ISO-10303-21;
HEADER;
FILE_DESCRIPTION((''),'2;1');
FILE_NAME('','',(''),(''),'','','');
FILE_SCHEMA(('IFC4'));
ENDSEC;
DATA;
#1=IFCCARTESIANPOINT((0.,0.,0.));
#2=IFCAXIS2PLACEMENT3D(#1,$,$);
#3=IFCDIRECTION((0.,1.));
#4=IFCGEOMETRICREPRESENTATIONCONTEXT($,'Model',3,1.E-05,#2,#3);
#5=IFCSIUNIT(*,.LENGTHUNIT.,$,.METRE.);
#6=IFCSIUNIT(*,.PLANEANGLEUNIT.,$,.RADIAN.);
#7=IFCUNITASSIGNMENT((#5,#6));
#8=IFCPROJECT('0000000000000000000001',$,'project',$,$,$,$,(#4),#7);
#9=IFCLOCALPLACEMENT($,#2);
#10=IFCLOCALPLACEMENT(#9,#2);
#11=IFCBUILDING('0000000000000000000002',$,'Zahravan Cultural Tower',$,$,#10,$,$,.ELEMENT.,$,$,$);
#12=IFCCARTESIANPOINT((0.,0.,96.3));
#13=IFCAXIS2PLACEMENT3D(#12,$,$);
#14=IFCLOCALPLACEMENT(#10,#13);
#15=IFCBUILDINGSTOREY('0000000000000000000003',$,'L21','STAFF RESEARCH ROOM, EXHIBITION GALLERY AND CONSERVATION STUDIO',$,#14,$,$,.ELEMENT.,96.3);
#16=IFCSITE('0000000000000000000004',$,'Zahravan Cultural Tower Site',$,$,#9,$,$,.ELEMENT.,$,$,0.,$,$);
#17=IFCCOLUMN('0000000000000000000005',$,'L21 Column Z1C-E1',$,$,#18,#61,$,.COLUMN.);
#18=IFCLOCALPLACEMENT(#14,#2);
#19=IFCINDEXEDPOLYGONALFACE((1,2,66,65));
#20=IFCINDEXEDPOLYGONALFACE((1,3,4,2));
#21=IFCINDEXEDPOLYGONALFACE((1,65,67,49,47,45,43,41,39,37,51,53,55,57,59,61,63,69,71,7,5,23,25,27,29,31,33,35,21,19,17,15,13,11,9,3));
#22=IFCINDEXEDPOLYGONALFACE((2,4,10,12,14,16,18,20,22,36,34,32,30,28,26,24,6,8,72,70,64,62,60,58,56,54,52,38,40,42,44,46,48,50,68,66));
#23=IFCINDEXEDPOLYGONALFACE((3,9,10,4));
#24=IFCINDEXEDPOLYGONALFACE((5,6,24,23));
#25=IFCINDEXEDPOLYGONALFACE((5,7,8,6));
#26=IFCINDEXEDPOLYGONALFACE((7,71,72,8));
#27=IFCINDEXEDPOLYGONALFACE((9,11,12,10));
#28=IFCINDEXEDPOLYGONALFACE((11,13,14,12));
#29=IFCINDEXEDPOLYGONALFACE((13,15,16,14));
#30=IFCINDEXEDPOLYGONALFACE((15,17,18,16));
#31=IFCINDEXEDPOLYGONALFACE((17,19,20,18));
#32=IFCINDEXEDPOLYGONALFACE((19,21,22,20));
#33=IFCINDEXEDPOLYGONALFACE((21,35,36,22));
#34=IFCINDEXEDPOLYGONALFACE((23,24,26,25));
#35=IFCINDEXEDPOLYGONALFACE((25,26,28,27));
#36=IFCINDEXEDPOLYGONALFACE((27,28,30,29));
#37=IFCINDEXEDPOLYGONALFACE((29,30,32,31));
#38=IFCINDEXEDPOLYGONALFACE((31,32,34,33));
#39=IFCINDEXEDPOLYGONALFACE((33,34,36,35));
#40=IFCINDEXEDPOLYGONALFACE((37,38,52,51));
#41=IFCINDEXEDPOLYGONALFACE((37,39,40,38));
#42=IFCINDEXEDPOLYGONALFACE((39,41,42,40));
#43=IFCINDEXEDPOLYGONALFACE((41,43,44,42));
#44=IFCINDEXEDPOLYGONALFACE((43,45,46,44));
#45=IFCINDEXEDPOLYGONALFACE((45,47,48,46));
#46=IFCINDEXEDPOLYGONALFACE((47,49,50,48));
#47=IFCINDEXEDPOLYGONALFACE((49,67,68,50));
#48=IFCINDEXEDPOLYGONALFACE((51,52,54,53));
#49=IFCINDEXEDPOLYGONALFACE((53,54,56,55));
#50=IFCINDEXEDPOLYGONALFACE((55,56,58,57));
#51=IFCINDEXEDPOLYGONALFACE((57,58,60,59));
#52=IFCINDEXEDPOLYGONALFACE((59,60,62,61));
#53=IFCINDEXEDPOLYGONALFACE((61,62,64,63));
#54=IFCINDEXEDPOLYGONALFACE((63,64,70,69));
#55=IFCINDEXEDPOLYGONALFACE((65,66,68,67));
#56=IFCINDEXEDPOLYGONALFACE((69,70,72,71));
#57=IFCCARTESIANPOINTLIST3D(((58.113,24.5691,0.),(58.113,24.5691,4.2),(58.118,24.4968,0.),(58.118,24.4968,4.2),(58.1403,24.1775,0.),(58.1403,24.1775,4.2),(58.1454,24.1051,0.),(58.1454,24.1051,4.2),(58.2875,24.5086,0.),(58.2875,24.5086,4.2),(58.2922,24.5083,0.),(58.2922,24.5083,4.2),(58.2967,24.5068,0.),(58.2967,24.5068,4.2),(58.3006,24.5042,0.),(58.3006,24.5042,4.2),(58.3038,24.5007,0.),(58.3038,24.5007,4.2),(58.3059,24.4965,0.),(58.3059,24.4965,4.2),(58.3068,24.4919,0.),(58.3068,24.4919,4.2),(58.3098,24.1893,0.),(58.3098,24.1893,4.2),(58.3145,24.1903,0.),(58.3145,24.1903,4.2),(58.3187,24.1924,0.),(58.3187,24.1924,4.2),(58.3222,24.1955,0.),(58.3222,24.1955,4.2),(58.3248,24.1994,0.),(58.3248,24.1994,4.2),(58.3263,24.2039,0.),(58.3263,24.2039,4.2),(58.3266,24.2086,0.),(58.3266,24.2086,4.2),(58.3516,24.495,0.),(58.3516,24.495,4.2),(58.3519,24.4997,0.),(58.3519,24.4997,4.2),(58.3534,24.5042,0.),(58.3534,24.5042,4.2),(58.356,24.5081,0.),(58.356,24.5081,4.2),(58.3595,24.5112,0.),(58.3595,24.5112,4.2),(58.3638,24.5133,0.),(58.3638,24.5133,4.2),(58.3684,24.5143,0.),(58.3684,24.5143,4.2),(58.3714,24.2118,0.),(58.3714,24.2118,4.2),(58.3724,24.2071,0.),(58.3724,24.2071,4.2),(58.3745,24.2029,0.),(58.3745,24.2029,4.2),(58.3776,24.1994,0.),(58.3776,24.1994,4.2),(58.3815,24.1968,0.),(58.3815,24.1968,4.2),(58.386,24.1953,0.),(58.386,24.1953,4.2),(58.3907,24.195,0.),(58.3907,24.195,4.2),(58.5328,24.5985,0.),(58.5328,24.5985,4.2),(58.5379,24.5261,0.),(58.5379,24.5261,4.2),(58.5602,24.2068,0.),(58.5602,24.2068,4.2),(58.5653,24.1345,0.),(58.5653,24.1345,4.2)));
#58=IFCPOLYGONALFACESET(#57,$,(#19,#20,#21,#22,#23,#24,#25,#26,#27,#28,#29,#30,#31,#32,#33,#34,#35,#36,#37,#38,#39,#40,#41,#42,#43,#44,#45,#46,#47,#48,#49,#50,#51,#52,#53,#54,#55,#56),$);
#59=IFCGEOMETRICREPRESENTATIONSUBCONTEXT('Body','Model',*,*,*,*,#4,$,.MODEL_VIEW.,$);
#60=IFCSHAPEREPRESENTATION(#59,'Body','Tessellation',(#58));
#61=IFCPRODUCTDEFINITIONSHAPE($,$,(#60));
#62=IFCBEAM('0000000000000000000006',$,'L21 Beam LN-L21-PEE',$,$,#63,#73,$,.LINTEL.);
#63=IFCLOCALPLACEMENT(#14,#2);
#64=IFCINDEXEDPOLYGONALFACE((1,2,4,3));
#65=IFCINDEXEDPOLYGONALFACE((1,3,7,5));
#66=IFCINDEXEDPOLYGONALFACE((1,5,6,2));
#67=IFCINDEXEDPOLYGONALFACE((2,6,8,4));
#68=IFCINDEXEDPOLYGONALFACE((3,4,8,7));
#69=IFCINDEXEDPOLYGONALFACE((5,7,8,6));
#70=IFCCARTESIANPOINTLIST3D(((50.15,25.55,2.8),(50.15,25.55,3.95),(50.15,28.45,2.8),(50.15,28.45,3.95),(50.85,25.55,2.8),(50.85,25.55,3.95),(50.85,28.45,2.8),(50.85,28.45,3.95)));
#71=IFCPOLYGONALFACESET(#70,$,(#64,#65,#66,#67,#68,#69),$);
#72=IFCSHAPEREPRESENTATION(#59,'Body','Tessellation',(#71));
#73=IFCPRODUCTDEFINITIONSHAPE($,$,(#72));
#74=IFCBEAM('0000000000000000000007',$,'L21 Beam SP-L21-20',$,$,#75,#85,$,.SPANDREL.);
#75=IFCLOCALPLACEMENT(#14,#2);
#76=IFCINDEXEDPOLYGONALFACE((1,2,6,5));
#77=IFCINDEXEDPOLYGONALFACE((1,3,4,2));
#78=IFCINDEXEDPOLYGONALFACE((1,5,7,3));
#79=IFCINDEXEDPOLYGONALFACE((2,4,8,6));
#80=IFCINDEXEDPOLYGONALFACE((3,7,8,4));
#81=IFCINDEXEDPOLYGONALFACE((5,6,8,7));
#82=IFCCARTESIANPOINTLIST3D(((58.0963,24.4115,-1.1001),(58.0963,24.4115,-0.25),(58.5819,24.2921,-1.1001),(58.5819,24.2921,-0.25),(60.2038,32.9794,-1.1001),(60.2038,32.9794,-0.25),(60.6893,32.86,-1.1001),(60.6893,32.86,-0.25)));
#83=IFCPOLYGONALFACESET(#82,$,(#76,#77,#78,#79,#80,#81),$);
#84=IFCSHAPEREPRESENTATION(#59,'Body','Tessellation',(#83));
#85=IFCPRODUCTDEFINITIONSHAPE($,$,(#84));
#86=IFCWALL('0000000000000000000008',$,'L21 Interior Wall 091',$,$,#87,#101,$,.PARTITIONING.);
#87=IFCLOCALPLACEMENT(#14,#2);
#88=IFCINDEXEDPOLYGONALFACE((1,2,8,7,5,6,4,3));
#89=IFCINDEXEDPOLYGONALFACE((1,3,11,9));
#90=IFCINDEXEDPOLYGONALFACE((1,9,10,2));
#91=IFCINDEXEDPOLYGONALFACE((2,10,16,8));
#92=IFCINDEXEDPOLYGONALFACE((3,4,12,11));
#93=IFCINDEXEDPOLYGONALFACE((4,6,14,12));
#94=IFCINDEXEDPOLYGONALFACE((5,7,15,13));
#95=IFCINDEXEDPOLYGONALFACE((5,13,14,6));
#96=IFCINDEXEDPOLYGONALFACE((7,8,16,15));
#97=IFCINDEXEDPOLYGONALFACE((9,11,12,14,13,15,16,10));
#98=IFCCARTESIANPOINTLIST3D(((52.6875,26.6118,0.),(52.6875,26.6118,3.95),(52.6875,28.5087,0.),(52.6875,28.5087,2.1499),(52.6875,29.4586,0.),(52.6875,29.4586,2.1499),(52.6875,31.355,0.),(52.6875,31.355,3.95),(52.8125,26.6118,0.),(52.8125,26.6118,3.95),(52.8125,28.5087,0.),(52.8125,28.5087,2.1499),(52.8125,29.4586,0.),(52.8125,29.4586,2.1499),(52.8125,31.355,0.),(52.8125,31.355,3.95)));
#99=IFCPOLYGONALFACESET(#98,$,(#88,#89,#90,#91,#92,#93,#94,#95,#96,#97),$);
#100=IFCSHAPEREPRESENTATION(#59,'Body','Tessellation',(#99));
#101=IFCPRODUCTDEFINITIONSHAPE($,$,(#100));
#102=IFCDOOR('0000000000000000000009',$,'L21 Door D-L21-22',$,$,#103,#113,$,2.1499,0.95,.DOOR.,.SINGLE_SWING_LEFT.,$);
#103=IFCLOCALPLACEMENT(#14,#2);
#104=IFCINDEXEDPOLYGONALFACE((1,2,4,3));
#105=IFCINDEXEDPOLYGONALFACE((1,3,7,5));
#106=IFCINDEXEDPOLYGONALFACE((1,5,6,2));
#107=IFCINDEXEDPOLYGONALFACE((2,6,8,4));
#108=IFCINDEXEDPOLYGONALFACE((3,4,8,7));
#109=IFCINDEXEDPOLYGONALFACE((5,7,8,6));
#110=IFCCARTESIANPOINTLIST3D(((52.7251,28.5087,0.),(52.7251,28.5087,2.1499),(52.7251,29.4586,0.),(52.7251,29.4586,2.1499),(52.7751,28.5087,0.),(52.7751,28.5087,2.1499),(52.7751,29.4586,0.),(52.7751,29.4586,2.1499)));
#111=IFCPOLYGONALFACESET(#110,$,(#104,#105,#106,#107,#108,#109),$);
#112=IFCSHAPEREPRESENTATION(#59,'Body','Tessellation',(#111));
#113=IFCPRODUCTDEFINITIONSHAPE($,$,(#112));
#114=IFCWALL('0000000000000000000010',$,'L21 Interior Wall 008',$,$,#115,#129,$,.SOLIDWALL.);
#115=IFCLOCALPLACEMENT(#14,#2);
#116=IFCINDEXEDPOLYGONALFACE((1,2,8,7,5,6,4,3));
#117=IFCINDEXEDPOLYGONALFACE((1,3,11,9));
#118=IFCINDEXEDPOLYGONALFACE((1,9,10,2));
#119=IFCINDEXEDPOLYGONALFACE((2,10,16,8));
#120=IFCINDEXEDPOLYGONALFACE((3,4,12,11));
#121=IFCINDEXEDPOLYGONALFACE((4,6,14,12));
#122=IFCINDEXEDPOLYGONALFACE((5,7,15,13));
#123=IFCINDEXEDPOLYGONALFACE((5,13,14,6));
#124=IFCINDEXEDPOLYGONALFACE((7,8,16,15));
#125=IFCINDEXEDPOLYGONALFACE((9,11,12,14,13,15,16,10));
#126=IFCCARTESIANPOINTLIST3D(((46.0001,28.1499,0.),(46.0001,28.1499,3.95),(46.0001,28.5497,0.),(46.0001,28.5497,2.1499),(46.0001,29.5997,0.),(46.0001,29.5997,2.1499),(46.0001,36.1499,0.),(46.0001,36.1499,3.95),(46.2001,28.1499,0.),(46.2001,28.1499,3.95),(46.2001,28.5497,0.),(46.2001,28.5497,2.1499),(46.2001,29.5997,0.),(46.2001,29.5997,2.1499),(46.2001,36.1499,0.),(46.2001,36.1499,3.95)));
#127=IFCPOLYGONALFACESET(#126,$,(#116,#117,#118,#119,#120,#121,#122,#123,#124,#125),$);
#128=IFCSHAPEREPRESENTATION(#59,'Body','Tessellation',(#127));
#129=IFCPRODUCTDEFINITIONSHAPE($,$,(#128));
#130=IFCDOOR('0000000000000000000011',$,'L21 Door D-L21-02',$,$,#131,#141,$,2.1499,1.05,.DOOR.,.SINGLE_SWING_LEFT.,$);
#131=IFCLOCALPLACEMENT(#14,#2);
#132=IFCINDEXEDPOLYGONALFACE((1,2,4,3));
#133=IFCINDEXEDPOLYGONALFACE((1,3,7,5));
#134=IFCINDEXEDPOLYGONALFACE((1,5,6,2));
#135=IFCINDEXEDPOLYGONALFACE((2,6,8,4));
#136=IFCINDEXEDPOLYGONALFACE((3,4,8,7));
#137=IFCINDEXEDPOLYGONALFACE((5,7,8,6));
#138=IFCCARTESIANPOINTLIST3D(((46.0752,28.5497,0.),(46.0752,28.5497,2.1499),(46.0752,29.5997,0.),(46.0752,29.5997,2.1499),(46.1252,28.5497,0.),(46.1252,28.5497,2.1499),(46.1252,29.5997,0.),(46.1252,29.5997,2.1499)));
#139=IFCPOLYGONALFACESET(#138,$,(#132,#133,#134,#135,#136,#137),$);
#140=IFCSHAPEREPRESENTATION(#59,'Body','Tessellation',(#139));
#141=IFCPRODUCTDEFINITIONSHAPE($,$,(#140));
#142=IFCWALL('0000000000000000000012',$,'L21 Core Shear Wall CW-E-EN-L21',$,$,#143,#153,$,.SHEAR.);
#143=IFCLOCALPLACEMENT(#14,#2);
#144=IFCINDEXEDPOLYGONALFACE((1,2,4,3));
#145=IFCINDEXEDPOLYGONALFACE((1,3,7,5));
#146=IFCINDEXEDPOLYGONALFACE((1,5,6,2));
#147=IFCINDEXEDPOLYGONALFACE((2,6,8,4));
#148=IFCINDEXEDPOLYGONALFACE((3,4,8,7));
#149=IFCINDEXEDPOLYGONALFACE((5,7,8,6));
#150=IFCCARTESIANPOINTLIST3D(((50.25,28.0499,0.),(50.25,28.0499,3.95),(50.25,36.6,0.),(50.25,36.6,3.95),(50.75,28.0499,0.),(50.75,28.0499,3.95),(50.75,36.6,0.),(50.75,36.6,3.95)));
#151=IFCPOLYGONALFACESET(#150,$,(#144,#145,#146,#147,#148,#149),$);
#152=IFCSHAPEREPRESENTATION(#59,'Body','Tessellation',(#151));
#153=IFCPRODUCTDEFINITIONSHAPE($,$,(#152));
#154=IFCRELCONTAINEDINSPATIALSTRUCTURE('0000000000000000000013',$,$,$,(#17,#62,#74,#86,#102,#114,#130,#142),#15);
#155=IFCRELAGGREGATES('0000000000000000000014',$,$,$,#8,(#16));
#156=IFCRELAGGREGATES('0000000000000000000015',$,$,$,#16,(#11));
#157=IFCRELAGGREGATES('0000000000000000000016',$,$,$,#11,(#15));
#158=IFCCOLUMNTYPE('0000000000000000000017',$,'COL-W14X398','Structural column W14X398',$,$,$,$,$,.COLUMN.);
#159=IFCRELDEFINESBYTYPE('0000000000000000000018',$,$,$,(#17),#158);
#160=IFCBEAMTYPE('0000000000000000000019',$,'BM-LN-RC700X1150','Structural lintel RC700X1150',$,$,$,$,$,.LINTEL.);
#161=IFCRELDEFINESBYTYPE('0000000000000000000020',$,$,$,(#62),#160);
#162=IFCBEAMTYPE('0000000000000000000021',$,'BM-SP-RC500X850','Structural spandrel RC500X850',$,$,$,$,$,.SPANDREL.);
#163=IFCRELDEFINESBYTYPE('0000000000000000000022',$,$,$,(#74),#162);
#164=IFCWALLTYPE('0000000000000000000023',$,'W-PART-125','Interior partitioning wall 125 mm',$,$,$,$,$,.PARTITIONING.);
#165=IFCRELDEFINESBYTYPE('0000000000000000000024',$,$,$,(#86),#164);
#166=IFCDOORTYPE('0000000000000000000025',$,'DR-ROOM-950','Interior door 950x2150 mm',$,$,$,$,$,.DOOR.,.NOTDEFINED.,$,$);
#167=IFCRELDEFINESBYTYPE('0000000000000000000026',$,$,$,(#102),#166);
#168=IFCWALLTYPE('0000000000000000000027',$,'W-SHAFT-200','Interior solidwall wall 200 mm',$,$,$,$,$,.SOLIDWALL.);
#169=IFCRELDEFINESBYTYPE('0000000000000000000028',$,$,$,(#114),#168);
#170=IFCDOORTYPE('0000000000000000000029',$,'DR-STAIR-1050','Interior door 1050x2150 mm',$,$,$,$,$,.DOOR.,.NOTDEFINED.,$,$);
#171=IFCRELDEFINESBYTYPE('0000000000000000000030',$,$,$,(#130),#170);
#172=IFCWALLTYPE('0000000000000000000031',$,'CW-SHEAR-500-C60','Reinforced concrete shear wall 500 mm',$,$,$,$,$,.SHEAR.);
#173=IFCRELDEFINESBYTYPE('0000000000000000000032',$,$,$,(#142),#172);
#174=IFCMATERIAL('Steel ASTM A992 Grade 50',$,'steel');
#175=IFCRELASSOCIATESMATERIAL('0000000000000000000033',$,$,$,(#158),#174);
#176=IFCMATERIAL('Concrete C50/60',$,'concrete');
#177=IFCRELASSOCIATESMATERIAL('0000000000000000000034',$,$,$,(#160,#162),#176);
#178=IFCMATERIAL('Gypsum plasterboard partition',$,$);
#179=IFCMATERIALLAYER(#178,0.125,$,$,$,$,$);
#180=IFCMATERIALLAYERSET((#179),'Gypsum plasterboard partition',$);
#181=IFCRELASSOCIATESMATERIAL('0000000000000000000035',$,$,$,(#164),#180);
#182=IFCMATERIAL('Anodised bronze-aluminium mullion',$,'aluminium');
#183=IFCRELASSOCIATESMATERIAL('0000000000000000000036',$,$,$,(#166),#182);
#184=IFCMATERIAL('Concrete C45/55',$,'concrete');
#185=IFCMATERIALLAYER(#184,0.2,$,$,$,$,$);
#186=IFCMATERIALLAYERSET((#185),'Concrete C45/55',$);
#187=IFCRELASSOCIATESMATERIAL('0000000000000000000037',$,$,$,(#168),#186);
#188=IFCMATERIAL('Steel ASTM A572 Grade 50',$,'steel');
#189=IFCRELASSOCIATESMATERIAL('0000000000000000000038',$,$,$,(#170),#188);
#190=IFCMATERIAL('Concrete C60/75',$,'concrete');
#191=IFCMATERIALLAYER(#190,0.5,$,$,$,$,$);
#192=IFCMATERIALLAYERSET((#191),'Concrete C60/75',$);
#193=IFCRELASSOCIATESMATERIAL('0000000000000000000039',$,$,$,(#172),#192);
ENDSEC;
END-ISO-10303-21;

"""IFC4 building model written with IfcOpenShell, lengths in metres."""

from ifc_helpers import new_model, si_unit, direction, frame, frame_2d, origin, origin_2d, place, context, subcontext, project, spatial, rectangle, i_section, extrude, source, transform, mapped, material, layer, layer_set, material_profile, profile_set, type_object, element, fill, save


model = new_model("IFC4")

# Units and contexts
model_context = context("Model", 3, precision=1e-05, world=origin(), true_north=direction((0.0, 1.0)))
body_context = subcontext(model_context, "Body", "Model", "MODEL_VIEW")
ifc_project = project(units=[si_unit("LENGTHUNIT", "METRE"), si_unit("PLANEANGLEUNIT", "RADIAN")], contexts=[model_context])

# Site, building, storey
site_placement = place(None, origin())
site = spatial("IfcSite", under=ifc_project, at=site_placement, Name="Zahravan Cultural Tower Site", CompositionType="ELEMENT", RefElevation=0.0)
building_placement = place(site_placement, origin())
building = spatial("IfcBuilding", under=site, at=building_placement, Name="Zahravan Cultural Tower", CompositionType="ELEMENT")
storey_placement = place(building_placement, frame((0.0, 0.0, 96.3)))
storey = spatial("IfcBuildingStorey", under=building, at=storey_placement, Name="L21", Description="STAFF RESEARCH ROOM, EXHIBITION GALLERY AND CONSERVATION STUDIO", CompositionType="ELEMENT", Elevation=96.3)

# Column
ifc_material_1 = material(Name="Steel ASTM A992 Grade 50", Category="steel")
ifc_material_profile_1 = material_profile(ifc_material_1, i_section(OverallWidth=0.4209, OverallDepth=0.4651, WebThickness=0.0449, FlangeThickness=0.0725, FilletRadius=0.0181, at=origin_2d()), Name="W14X398")
ifc_profile_set_1 = profile_set([ifc_material_profile_1], Name="Steel ASTM A992 Grade 50")
column_type = type_object("IfcColumnType", Name="COL-W14X398", Description="Structural column W14X398", PredefinedType="COLUMN", material=ifc_profile_set_1)
shared_shape_1 = source(origin(), body_context, "Body", "SweptSolid", [
    extrude(i_section(OverallWidth=0.4209, OverallDepth=0.4651, WebThickness=0.0449, FlangeThickness=0.0725, FilletRadius=0.0181, at=origin_2d()), origin(), (0.0, 0.0, 1.0), 4.2),
])
column_placement = place(storey_placement, frame((58.3391, 24.3518, 0.0), z_axis=(0.0, 0.0, 1.0), x_axis=(0.997564, 0.069756, 0.0)))
element("IfcColumn", 1, at=column_placement, inside=storey, type_object=column_type, Name="L21 Column Z1C-E1", PredefinedType="COLUMN", context=body_context, shape_type="MappedRepresentation", body=[
    mapped(shared_shape_1, transform((0.0, 0.0, 0.0), x_axis=(1.0, 0.0, 0.0), y_axis=(0.0, 1.0, 0.0), z_axis=(0.0, 0.0, 1.0), scale=1.0)),
])

# Beams
ifc_material_2 = material(Name="Concrete C50/60", Category="concrete")
ifc_material_profile_2 = material_profile(ifc_material_2, rectangle(XDim=0.7, YDim=1.1499, at=origin_2d()), Name="RC700X1150")
ifc_profile_set_2 = profile_set([ifc_material_profile_2], Name="Concrete C50/60")
beam_type_1 = type_object("IfcBeamType", Name="BM-LN-RC700X1150", Description="Structural lintel RC700X1150", PredefinedType="LINTEL", material=ifc_profile_set_2)
shared_shape_2 = source(origin(), body_context, "Body", "SweptSolid", [
    extrude(rectangle(XDim=0.7, YDim=1.1499, at=origin_2d()), origin(), (0.0, 0.0, 1.0), 2.8999),
])
beam_1_placement = place(storey_placement, frame((50.5, 25.55, 3.375), z_axis=(0.0, 1.0, 0.0), x_axis=(-1.0, 0.0, 0.0)))
element("IfcBeam", 2, at=beam_1_placement, inside=storey, type_object=beam_type_1, Name="L21 Beam LN-L21-PEE", PredefinedType="LINTEL", context=body_context, shape_type="MappedRepresentation", body=[
    mapped(shared_shape_2, transform((0.0, 0.0, 0.0), x_axis=(1.0, 0.0, 0.0), y_axis=(0.0, 1.0, 0.0), z_axis=(0.0, 0.0, 1.0), scale=1.0)),
])
ifc_material_profile_3 = material_profile(ifc_material_2, rectangle(XDim=0.5, YDim=0.8501, at=origin_2d()), Name="RC500X850")
ifc_profile_set_3 = profile_set([ifc_material_profile_3], Name="Concrete C50/60")
beam_type_2 = type_object("IfcBeamType", Name="BM-SP-RC500X850", Description="Structural spandrel RC500X850", PredefinedType="SPANDREL", material=ifc_profile_set_3)
shared_shape_3 = source(origin(), body_context, "Body", "SweptSolid", [
    extrude(rectangle(XDim=0.5, YDim=0.8501, at=origin_2d()), origin(), (0.0, 0.0, 1.0), 8.8232),
])
beam_2_placement = place(storey_placement, frame((58.3391, 24.3518, -0.675), z_axis=(0.238849, 0.971057, 0.0), x_axis=(-0.971057, 0.238849, 0.0)))
element("IfcBeam", 3, at=beam_2_placement, inside=storey, type_object=beam_type_2, Name="L21 Beam SP-L21-20", PredefinedType="SPANDREL", context=body_context, shape_type="MappedRepresentation", body=[
    mapped(shared_shape_3, transform((0.0, 0.0, 0.0), x_axis=(1.0, 0.0, 0.0), y_axis=(0.0, 1.0, 0.0), z_axis=(0.0, 0.0, 1.0), scale=1.0)),
])

# Walls, openings, doors
ifc_material_3 = material(Name="Gypsum plasterboard partition")
ifc_layer_1 = layer(ifc_material_3, 0.125)
ifc_layer_set_1 = layer_set([ifc_layer_1], Name="Gypsum plasterboard partition")
wall_type_1 = type_object("IfcWallType", Name="W-PART-125", Description="Interior partitioning wall 125 mm", PredefinedType="PARTITIONING", material=ifc_layer_set_1)
wall_1_placement = place(storey_placement, frame((52.75, 26.6118, 0.0), z_axis=(0.0, 0.0, 1.0), x_axis=(0.0, 1.0, 0.0)))
wall_1 = element("IfcWall", 4, at=wall_1_placement, inside=storey, type_object=wall_type_1, Name="L21 Interior Wall 091", PredefinedType="PARTITIONING", context=body_context, shape_type="SweptSolid", body=[
    extrude(rectangle(XDim=4.7432, YDim=0.125, at=frame_2d((2.3716, 0.0))), origin(), (0.0, 0.0, 1.0), 3.95),
])
opening_1_placement = place(wall_1_placement, frame((1.8967, 0.0, 0.0)))
opening_1 = element("IfcOpeningElement", 5, at=opening_1_placement, cuts=wall_1, PredefinedType="OPENING", context=body_context, shape_type="SweptSolid", body=[
    extrude(rectangle(XDim=0.95, YDim=2.1499, at=frame_2d((0.4751, 1.075))), frame((0.0, 0.0725, 0.0), z_axis=(0.0, -1.0, 0.0), x_axis=(1.0, 0.0, 0.0)), (0.0, 0.0, 1.0), 0.145),
])
ifc_material_4 = material(Name="Anodised bronze-aluminium mullion", Category="aluminium")
door_type_1 = type_object("IfcDoorType", Name="DR-ROOM-950", Description="Interior door 950x2150 mm", OperationType="NOTDEFINED", PredefinedType="DOOR", material=ifc_material_4)
shared_shape_4 = source(origin(), body_context, "Body", "SweptSolid", [
    extrude(rectangle(XDim=0.95, YDim=2.1499, at=frame_2d((0.4751, 1.075))), frame((0.0, 0.0249, 0.0), z_axis=(0.0, -1.0, 0.0), x_axis=(1.0, 0.0, 0.0)), (0.0, 0.0, 1.0), 0.05),
])
door_1_placement = place(opening_1_placement, origin())
door_1 = element("IfcDoor", 6, at=door_1_placement, inside=storey, type_object=door_type_1, Name="L21 Door D-L21-22", OperationType="SINGLE_SWING_LEFT", OverallHeight=2.1499, OverallWidth=0.95, PredefinedType="DOOR", context=body_context, shape_type="MappedRepresentation", body=[
    mapped(shared_shape_4, transform((0.0, 0.0, 0.0), x_axis=(1.0, 0.0, 0.0), y_axis=(0.0, 1.0, 0.0), z_axis=(0.0, 0.0, 1.0), scale=1.0)),
])
fill(opening_1, door_1)
ifc_material_5 = material(Name="Concrete C45/55", Category="concrete")
ifc_layer_2 = layer(ifc_material_5, 0.2)
ifc_layer_set_2 = layer_set([ifc_layer_2], Name="Concrete C45/55")
wall_type_2 = type_object("IfcWallType", Name="W-SHAFT-200", Description="Interior solidwall wall 200 mm", PredefinedType="SOLIDWALL", material=ifc_layer_set_2)
wall_2_placement = place(storey_placement, frame((46.1001, 28.1499, 0.0), z_axis=(0.0, 0.0, 1.0), x_axis=(0.0, 1.0, 0.0)))
wall_2 = element("IfcWall", 7, at=wall_2_placement, inside=storey, type_object=wall_type_2, Name="L21 Interior Wall 008", PredefinedType="SOLIDWALL", context=body_context, shape_type="SweptSolid", body=[
    extrude(rectangle(XDim=8.0, YDim=0.2, at=frame_2d((4.0, 0.0))), origin(), (0.0, 0.0, 1.0), 3.95),
])
opening_2_placement = place(wall_2_placement, frame((0.3999, 0.0, 0.0)))
opening_2 = element("IfcOpeningElement", 8, at=opening_2_placement, cuts=wall_2, PredefinedType="OPENING", context=body_context, shape_type="SweptSolid", body=[
    extrude(rectangle(XDim=1.05, YDim=2.1499, at=frame_2d((0.5249, 1.075))), frame((0.0, 0.1099, 0.0), z_axis=(0.0, -1.0, 0.0), x_axis=(1.0, 0.0, 0.0)), (0.0, 0.0, 1.0), 0.22),
])
ifc_material_6 = material(Name="Steel ASTM A572 Grade 50", Category="steel")
door_type_2 = type_object("IfcDoorType", Name="DR-STAIR-1050", Description="Interior door 1050x2150 mm", OperationType="NOTDEFINED", PredefinedType="DOOR", material=ifc_material_6)
shared_shape_5 = source(origin(), body_context, "Body", "SweptSolid", [
    extrude(rectangle(XDim=1.05, YDim=2.1499, at=frame_2d((0.5249, 1.075))), frame((0.0, 0.0249, 0.0), z_axis=(0.0, -1.0, 0.0), x_axis=(1.0, 0.0, 0.0)), (0.0, 0.0, 1.0), 0.05),
])
door_2_placement = place(opening_2_placement, origin())
door_2 = element("IfcDoor", 9, at=door_2_placement, inside=storey, type_object=door_type_2, Name="L21 Door D-L21-02", OperationType="SINGLE_SWING_LEFT", OverallHeight=2.1499, OverallWidth=1.05, PredefinedType="DOOR", context=body_context, shape_type="MappedRepresentation", body=[
    mapped(shared_shape_5, transform((0.0, 0.0, 0.0), x_axis=(1.0, 0.0, 0.0), y_axis=(0.0, 1.0, 0.0), z_axis=(0.0, 0.0, 1.0), scale=1.0)),
])
fill(opening_2, door_2)

# Wall
ifc_material_7 = material(Name="Concrete C60/75", Category="concrete")
ifc_layer_3 = layer(ifc_material_7, 0.5)
ifc_layer_set_3 = layer_set([ifc_layer_3], Name="Concrete C60/75")
wall_type_3 = type_object("IfcWallType", Name="CW-SHEAR-500-C60", Description="Reinforced concrete shear wall 500 mm", PredefinedType="SHEAR", material=ifc_layer_set_3)
shared_shape_6 = source(origin(), body_context, "Body", "SweptSolid", [
    extrude(rectangle(XDim=8.55, YDim=0.5, at=frame_2d((4.2749, 0.0))), origin(), (0.0, 0.0, 1.0), 3.95),
])
wall_3_placement = place(storey_placement, frame((50.5, 28.05, 0.0), z_axis=(0.0, 0.0, 1.0), x_axis=(0.0, 1.0, 0.0)))
element("IfcWall", 10, at=wall_3_placement, inside=storey, type_object=wall_type_3, Name="L21 Core Shear Wall CW-E-EN-L21", PredefinedType="SHEAR", context=body_context, shape_type="MappedRepresentation", body=[
    mapped(shared_shape_6, transform((0.0, 0.0, 0.0), x_axis=(1.0, 0.0, 0.0), y_axis=(0.0, 1.0, 0.0), z_axis=(0.0, 0.0, 1.0), scale=1.0)),
])

save(model, "model.ifc")
